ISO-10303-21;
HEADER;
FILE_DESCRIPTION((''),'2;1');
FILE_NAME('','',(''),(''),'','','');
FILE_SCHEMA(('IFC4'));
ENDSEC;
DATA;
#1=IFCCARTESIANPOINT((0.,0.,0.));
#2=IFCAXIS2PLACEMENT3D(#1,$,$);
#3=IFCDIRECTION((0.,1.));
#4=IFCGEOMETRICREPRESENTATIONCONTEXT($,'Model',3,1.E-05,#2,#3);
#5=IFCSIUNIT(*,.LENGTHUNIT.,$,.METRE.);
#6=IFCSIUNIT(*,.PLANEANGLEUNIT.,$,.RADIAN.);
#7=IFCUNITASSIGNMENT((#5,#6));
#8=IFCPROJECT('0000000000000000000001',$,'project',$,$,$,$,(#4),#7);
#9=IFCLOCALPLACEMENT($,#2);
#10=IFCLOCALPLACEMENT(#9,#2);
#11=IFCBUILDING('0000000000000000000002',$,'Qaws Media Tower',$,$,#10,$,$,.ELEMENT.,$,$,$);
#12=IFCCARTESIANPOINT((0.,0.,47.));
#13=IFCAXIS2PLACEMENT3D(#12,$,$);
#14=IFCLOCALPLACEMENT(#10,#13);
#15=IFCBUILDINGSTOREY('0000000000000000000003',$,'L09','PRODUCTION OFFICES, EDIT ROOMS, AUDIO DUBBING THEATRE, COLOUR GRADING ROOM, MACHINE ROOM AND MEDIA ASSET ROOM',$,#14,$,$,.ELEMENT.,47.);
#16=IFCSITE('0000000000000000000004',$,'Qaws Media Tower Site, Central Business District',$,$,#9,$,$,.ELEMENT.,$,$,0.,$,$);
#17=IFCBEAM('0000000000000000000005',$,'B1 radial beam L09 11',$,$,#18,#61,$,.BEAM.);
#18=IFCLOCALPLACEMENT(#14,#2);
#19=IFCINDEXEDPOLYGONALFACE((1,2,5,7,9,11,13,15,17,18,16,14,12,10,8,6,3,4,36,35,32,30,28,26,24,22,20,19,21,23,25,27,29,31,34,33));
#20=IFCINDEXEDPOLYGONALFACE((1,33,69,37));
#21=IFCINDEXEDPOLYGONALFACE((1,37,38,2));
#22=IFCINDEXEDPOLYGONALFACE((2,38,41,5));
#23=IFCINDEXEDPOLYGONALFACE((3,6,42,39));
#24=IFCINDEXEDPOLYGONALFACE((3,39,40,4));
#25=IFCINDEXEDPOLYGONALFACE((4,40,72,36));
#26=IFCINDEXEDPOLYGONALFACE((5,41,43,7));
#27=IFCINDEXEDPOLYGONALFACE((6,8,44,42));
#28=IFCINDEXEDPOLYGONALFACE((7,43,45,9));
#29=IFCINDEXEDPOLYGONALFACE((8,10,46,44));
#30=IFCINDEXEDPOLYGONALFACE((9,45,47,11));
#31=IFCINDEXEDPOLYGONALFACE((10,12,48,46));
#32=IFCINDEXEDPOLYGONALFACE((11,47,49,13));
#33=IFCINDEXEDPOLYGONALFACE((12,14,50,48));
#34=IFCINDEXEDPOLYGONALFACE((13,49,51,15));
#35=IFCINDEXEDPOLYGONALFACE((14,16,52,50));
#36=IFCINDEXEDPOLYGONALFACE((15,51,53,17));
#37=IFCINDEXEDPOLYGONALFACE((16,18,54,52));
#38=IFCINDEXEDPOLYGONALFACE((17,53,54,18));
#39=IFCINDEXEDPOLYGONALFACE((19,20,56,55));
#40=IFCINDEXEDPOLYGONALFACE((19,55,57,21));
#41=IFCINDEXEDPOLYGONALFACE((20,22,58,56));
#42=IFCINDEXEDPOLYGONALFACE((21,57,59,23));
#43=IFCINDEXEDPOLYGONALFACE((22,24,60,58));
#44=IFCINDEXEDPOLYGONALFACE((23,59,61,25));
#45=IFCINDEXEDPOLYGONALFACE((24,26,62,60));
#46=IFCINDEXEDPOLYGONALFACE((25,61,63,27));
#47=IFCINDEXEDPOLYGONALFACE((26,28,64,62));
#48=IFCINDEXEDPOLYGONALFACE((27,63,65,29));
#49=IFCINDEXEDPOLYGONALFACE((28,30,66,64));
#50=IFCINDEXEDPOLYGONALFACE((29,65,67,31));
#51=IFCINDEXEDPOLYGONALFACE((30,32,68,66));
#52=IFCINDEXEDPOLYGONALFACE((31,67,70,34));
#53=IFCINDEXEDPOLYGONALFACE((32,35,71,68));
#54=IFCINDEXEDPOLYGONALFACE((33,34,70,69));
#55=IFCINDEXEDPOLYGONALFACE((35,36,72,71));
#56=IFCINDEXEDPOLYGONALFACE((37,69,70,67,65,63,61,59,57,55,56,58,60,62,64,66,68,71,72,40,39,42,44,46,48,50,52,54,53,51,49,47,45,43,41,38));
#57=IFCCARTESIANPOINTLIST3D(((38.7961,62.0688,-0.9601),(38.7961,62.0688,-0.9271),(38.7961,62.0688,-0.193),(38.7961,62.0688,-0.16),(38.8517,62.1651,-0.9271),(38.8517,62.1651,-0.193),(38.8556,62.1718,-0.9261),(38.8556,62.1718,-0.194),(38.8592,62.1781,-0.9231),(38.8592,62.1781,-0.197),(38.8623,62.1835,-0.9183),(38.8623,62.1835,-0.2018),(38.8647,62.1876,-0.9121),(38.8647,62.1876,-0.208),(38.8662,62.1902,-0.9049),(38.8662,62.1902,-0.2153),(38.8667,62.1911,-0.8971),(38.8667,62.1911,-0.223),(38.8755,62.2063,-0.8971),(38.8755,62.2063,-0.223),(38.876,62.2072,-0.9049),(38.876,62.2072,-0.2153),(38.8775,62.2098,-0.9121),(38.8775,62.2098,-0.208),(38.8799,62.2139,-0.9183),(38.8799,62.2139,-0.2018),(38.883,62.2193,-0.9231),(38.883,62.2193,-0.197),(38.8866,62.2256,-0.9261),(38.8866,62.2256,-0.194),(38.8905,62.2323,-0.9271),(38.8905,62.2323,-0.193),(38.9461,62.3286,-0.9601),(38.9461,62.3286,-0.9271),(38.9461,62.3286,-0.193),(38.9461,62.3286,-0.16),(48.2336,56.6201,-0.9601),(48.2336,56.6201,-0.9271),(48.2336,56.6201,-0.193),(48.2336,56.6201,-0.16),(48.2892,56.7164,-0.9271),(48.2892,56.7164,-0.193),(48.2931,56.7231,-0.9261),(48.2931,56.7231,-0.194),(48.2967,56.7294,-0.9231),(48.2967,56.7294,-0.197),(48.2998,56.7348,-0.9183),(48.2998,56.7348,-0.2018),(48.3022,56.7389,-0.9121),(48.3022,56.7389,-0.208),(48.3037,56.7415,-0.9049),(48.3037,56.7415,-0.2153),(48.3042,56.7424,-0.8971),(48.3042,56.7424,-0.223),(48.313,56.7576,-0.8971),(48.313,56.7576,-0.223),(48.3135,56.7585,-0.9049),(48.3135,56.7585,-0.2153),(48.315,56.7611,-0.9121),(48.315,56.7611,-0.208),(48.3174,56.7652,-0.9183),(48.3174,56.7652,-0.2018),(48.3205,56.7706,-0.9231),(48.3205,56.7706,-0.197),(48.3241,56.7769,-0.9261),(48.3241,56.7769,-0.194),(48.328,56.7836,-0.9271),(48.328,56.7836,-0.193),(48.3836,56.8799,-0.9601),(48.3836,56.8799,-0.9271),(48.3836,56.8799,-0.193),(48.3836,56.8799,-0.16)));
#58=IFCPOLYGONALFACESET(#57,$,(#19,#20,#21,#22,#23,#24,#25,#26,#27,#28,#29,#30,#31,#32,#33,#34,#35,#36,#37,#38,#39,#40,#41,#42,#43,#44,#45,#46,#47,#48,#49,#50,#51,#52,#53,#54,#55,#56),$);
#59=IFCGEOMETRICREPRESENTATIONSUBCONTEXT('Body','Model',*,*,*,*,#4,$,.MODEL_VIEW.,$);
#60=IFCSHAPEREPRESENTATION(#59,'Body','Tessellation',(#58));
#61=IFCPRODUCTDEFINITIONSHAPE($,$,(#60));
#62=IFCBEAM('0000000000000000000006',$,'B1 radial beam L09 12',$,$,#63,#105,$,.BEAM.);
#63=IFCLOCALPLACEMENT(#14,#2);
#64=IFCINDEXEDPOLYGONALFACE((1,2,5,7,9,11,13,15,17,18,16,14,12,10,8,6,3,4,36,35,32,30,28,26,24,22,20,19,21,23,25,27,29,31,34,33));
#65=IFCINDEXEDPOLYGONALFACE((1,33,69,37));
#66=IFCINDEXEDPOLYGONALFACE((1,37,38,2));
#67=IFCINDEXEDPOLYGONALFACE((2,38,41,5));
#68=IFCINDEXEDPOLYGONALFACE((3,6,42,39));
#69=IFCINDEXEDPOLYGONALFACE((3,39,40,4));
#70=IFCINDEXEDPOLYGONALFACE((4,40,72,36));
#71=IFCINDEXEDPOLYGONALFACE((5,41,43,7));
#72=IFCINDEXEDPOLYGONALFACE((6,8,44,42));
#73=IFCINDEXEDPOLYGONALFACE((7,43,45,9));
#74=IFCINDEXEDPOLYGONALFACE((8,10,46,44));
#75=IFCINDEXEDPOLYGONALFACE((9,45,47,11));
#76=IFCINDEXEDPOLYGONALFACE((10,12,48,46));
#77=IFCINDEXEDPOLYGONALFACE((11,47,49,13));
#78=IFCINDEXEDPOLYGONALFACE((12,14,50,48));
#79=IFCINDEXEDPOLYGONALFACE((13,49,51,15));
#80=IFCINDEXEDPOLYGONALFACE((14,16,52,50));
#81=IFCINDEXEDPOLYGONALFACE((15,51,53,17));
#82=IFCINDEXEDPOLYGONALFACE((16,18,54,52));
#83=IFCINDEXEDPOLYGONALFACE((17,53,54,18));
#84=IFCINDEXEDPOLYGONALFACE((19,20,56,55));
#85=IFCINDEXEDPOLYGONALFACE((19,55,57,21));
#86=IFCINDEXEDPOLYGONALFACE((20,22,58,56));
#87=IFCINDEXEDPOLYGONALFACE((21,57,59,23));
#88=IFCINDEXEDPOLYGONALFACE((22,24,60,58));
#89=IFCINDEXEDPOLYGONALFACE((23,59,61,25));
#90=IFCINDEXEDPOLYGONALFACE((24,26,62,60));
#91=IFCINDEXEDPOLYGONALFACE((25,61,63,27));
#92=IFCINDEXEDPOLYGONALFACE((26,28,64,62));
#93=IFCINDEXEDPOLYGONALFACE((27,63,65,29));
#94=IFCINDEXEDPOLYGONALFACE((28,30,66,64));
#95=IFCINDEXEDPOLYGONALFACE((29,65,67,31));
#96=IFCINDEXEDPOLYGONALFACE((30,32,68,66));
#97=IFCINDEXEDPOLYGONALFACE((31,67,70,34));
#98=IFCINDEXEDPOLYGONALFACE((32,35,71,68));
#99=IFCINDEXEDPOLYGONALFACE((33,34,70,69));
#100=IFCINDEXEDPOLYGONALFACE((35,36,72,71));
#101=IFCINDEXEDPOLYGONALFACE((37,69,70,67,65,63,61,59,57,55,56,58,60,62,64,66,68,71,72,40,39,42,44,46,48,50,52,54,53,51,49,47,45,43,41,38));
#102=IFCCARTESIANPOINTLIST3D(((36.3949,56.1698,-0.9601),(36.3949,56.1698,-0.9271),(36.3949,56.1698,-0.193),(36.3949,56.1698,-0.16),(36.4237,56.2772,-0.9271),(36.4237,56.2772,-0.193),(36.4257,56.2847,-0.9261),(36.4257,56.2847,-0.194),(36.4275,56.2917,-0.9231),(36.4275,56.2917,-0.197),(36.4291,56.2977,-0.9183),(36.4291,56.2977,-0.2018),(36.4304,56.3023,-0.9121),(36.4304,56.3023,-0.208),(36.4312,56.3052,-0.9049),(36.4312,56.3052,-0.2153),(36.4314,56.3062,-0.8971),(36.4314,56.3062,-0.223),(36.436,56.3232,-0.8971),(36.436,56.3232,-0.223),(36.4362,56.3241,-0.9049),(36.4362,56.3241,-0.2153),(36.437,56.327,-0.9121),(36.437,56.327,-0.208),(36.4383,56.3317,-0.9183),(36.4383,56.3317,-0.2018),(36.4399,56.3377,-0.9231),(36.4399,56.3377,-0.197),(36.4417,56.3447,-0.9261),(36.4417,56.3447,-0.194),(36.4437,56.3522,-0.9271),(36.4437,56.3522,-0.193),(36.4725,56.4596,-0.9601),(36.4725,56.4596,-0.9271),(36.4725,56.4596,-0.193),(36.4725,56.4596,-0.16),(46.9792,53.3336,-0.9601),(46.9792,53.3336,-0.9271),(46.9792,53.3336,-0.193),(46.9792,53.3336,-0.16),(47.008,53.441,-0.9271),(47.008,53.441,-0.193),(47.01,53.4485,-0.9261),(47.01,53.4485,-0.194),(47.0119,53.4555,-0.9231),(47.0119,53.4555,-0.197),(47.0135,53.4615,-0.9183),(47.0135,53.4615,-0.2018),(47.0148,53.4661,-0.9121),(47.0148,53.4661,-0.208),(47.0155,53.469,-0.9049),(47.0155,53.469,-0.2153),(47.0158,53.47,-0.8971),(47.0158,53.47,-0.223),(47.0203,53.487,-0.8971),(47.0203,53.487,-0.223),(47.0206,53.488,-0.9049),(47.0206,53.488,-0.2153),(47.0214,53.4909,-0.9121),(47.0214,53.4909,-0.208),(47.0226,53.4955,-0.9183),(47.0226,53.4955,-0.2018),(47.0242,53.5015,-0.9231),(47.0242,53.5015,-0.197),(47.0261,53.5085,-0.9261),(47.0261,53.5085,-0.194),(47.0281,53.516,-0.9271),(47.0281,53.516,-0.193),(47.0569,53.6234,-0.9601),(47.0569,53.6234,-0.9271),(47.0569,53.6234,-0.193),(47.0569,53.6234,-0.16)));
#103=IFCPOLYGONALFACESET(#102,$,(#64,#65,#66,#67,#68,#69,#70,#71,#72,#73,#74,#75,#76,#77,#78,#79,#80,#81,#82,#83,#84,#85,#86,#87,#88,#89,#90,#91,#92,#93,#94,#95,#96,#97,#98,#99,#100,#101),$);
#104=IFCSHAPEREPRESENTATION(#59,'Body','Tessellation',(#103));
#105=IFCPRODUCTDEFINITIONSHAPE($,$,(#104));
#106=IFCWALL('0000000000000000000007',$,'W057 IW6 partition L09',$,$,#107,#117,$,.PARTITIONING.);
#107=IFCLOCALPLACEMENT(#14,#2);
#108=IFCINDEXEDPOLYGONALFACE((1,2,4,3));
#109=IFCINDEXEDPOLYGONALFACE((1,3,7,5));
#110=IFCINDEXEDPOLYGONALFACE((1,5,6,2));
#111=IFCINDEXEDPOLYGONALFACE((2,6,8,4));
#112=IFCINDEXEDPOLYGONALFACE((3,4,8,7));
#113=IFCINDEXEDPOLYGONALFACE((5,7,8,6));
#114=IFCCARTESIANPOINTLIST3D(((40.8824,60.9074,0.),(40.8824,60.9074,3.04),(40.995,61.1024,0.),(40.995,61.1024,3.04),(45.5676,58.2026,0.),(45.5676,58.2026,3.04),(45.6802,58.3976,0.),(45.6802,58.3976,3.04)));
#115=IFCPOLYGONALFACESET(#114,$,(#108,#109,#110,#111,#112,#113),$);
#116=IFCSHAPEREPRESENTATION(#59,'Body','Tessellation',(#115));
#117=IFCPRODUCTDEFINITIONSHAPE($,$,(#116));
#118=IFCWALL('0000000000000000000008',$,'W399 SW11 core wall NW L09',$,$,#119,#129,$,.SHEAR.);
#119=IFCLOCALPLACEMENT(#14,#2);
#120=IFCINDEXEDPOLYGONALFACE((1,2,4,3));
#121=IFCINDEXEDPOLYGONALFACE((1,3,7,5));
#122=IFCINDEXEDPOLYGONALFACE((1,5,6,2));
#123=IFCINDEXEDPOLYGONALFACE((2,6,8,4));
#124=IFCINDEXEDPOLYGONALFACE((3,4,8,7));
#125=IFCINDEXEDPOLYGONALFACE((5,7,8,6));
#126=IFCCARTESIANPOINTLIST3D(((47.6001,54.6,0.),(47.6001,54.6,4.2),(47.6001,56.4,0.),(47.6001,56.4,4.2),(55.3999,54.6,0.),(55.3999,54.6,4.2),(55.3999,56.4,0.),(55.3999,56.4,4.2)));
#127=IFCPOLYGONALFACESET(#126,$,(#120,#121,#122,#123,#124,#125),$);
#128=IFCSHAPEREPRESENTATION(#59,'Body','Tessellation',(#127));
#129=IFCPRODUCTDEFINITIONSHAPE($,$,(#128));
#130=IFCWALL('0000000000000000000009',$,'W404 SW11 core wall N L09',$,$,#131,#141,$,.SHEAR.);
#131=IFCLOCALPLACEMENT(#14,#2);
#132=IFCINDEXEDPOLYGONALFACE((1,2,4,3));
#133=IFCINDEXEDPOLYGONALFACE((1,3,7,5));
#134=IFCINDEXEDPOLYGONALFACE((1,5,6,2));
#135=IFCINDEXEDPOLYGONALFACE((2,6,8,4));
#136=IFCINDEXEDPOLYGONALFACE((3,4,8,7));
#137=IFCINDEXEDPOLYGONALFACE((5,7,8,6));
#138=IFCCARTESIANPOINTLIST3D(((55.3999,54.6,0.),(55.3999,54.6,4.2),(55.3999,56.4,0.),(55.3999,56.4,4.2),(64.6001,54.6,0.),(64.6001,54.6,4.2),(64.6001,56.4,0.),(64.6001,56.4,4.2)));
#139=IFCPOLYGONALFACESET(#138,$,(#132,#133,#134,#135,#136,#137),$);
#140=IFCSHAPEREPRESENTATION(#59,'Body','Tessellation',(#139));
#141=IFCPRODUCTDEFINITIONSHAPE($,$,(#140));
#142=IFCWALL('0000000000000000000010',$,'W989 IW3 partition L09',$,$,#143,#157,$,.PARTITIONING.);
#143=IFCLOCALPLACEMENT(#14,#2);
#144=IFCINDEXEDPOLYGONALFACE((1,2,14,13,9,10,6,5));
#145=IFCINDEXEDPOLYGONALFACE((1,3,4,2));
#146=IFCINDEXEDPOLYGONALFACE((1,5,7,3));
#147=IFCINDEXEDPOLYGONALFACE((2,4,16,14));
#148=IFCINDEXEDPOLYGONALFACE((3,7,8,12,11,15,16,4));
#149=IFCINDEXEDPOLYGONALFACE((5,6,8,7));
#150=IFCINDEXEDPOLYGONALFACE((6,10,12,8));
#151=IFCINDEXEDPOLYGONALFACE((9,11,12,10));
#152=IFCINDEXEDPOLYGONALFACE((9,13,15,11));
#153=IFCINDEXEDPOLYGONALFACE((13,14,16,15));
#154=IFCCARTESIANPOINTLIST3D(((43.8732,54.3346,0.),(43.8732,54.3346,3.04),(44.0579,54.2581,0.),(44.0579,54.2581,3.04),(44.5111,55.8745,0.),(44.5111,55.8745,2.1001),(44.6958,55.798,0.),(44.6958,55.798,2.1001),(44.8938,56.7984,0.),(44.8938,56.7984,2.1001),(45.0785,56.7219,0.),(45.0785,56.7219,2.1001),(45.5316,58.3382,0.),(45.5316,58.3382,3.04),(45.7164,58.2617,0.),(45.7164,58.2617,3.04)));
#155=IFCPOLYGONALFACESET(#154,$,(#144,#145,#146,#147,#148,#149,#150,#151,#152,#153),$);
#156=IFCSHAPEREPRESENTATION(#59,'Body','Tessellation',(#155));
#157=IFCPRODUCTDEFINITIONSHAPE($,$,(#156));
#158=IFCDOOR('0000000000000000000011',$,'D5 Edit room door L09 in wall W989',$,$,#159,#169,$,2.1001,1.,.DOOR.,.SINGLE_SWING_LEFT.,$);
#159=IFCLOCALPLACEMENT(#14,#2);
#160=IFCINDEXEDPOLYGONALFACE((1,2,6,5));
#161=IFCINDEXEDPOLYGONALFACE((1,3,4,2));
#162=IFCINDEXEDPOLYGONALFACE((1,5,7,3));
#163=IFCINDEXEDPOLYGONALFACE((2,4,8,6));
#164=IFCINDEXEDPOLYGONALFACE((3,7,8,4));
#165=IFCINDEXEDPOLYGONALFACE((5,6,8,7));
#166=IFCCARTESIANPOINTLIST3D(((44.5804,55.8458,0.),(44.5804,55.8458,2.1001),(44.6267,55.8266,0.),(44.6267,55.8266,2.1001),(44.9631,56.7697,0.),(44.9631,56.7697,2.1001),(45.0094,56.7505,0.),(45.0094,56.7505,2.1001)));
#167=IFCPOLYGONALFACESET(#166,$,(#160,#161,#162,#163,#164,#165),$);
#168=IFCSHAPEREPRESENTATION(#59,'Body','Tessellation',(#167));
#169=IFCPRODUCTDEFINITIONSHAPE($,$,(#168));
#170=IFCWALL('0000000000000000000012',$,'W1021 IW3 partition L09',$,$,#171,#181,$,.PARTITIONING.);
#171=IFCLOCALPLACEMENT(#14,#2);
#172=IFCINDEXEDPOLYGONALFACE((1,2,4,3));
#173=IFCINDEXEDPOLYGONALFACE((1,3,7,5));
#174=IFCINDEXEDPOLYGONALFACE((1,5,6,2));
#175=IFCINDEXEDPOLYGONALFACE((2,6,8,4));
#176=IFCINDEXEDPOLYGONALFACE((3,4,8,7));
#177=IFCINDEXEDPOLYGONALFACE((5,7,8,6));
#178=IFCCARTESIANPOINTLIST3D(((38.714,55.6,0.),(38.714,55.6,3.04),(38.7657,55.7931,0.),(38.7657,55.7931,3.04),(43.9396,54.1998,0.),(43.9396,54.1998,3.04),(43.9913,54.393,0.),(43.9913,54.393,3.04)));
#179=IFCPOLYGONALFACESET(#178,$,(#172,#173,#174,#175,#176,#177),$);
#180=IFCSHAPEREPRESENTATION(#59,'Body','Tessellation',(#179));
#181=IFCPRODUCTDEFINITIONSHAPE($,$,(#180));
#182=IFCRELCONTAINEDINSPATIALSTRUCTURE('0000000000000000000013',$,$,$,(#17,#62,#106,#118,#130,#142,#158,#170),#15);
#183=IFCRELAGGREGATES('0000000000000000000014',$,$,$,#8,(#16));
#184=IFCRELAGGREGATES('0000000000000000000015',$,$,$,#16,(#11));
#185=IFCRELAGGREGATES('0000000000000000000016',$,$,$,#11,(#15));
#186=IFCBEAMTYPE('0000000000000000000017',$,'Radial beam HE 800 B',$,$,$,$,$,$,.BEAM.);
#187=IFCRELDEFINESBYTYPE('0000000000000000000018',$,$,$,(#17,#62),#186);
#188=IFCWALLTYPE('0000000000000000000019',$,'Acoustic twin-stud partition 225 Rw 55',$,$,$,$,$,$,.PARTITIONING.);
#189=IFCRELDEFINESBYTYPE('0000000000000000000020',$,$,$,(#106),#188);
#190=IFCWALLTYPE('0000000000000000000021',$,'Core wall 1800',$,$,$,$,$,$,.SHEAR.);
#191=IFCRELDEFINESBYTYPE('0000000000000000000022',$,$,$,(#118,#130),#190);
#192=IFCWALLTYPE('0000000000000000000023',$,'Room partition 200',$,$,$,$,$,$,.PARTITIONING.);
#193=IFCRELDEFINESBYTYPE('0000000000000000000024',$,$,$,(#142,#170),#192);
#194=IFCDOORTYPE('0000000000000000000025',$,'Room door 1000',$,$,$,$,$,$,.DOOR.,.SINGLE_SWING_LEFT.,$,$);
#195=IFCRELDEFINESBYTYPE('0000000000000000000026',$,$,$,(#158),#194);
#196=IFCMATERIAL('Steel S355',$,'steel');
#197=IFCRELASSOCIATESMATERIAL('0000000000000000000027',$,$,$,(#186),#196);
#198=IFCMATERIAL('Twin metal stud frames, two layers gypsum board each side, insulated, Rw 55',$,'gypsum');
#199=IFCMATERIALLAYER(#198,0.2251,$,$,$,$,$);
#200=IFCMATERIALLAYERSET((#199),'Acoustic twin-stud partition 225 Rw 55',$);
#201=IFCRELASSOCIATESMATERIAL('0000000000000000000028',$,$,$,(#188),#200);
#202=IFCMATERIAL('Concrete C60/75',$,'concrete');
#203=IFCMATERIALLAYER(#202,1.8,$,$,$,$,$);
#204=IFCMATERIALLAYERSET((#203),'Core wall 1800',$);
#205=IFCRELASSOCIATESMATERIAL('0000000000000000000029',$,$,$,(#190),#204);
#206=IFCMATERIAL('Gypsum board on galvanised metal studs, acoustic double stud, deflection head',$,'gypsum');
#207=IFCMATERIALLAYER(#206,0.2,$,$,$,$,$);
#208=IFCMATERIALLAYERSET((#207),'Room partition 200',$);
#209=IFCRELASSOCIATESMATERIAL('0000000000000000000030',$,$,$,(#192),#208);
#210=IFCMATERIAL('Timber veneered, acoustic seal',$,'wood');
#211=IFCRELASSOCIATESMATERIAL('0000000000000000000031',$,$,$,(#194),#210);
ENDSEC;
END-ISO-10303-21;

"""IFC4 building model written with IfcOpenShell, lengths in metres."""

from ifc_helpers import new_model, si_unit, direction, frame, frame_2d, origin, origin_2d, place, context, subcontext, project, spatial, rectangle, i_section, extrude, material, layer, layer_set, material_profile, profile_set, type_object, element, fill, save


model = new_model("IFC4")

# Units and contexts
model_context = context("Model", 3, precision=1e-05, world=origin(), true_north=direction((0.0, 1.0)))
body_context = subcontext(model_context, "Body", "Model", "MODEL_VIEW")
ifc_project = project(units=[si_unit("LENGTHUNIT", "METRE"), si_unit("PLANEANGLEUNIT", "RADIAN")], contexts=[model_context])

# Site, building, storey
site_placement = place(None, origin())
site = spatial("IfcSite", under=ifc_project, at=site_placement, Name="Qaws Media Tower Site, Central Business District", CompositionType="ELEMENT", RefElevation=0.0)
building_placement = place(site_placement, origin())
building = spatial("IfcBuilding", under=site, at=building_placement, Name="Qaws Media Tower", CompositionType="ELEMENT")
storey_placement = place(building_placement, frame((0.0, 0.0, 47.0)))
storey = spatial("IfcBuildingStorey", under=building, at=storey_placement, Name="L09", Description="PRODUCTION OFFICES, EDIT ROOMS, AUDIO DUBBING THEATRE, COLOUR GRADING ROOM, MACHINE ROOM AND MEDIA ASSET ROOM", CompositionType="ELEMENT", Elevation=47.0)

# Beams
ifc_material_1 = material(Name="Steel S355", Category="steel")
ifc_material_profile_1 = material_profile(ifc_material_1, i_section(OverallWidth=0.3, OverallDepth=0.8, WebThickness=0.0176, FlangeThickness=0.033, FilletRadius=0.03, at=origin_2d()), Name="HE 800 B")
ifc_profile_set_1 = profile_set([ifc_material_profile_1], Name="Steel S355")
beam_type_1 = type_object("IfcBeamType", Name="Radial beam HE 800 B", PredefinedType="BEAM", material=ifc_profile_set_1)
beam_1_placement = place(storey_placement, frame((48.3086, 56.75, -0.5601), z_axis=(-0.866026, 0.499999, 0.0), x_axis=(-0.499999, -0.866026, 0.0)))
element("IfcBeam", 1, at=beam_1_placement, inside=storey, type_object=beam_type_1, Name="B1 radial beam L09 11", PredefinedType="BEAM", context=body_context, shape_type="SweptSolid", body=[
    extrude(i_section(OverallWidth=0.3, OverallDepth=0.8, WebThickness=0.0176, FlangeThickness=0.033, FilletRadius=0.03, at=origin_2d()), origin(), (0.0, 0.0, 1.0), 10.8975),
])
beam_2_placement = place(storey_placement, frame((47.0181, 53.4785, -0.5601), z_axis=(-0.965924, 0.258826, 0.0), x_axis=(-0.258826, -0.965924, 0.0)))
element("IfcBeam", 2, at=beam_2_placement, inside=storey, type_object=beam_type_1, Name="B1 radial beam L09 12", PredefinedType="BEAM", context=body_context, shape_type="SweptSolid", body=[
    extrude(i_section(OverallWidth=0.3, OverallDepth=0.8, WebThickness=0.0176, FlangeThickness=0.033, FilletRadius=0.03, at=origin_2d()), origin(), (0.0, 0.0, 1.0), 10.9578),
])

# Walls
ifc_material_2 = material(Name="Twin metal stud frames, two layers gypsum board each side, insulated, Rw 55", Category="gypsum")
ifc_layer_1 = layer(ifc_material_2, 0.2251)
ifc_layer_set_1 = layer_set([ifc_layer_1], Name="Acoustic twin-stud partition 225 Rw 55")
wall_type_1 = type_object("IfcWallType", Name="Acoustic twin-stud partition 225 Rw 55", PredefinedType="PARTITIONING", material=ifc_layer_set_1)
wall_1_placement = place(storey_placement, frame((45.624, 58.3, 0.0), z_axis=(0.0, 0.0, 1.0), x_axis=(-0.866044, 0.499969, 0.0)))
element("IfcWall", 3, at=wall_1_placement, inside=storey, type_object=wall_type_1, Name="W057 IW6 partition L09", PredefinedType="PARTITIONING", context=body_context, shape_type="SweptSolid", body=[
    extrude(rectangle(XDim=5.4099, YDim=0.2251, at=frame_2d((2.7051, 0.0))), origin(), (0.0, 0.0, 1.0), 3.04),
])
ifc_material_3 = material(Name="Concrete C60/75", Category="concrete")
ifc_layer_2 = layer(ifc_material_3, 1.8)
ifc_layer_set_2 = layer_set([ifc_layer_2], Name="Core wall 1800")
wall_type_2 = type_object("IfcWallType", Name="Core wall 1800", PredefinedType="SHEAR", material=ifc_layer_set_2)
wall_2_placement = place(storey_placement, frame((47.6001, 55.5, 0.0), z_axis=(0.0, 0.0, 1.0), x_axis=(1.0, 0.0, 0.0)))
element("IfcWall", 4, at=wall_2_placement, inside=storey, type_object=wall_type_2, Name="W399 SW11 core wall NW L09", PredefinedType="SHEAR", context=body_context, shape_type="SweptSolid", body=[
    extrude(rectangle(XDim=7.7998, YDim=1.8, at=frame_2d((3.8999, 0.0))), origin(), (0.0, 0.0, 1.0), 4.2),
])
wall_3_placement = place(storey_placement, frame((55.3999, 55.5, 0.0), z_axis=(0.0, 0.0, 1.0), x_axis=(1.0, 0.0, 0.0)))
element("IfcWall", 5, at=wall_3_placement, inside=storey, type_object=wall_type_2, Name="W404 SW11 core wall N L09", PredefinedType="SHEAR", context=body_context, shape_type="SweptSolid", body=[
    extrude(rectangle(XDim=9.2002, YDim=1.8, at=frame_2d((4.6001, 0.0))), origin(), (0.0, 0.0, 1.0), 4.2),
])

# Wall, opening, door
ifc_material_4 = material(Name="Gypsum board on galvanised metal studs, acoustic double stud, deflection head", Category="gypsum")
ifc_layer_3 = layer(ifc_material_4, 0.2)
ifc_layer_set_3 = layer_set([ifc_layer_3], Name="Room partition 200")
wall_type_3 = type_object("IfcWallType", Name="Room partition 200", PredefinedType="PARTITIONING", material=ifc_layer_set_3)
wall_4_placement = place(storey_placement, frame((43.9656, 54.2964, 0.0), z_axis=(0.0, 0.0, 1.0), x_axis=(0.382698, 0.923873, 0.0)))
wall_4 = element("IfcWall", 6, at=wall_4_placement, inside=storey, type_object=wall_type_3, Name="W989 IW3 partition L09", PredefinedType="PARTITIONING", context=body_context, shape_type="SweptSolid", body=[
    extrude(rectangle(XDim=4.3335, YDim=0.2, at=frame_2d((2.1667, 0.0))), origin(), (0.0, 0.0, 1.0), 3.04),
])
opening_1_placement = place(wall_4_placement, frame((1.6667, 0.0, 0.0)))
opening_1 = element("IfcOpeningElement", 7, at=opening_1_placement, cuts=wall_4, PredefinedType="OPENING", context=body_context, shape_type="SweptSolid", body=[
    extrude(rectangle(XDim=1.0, YDim=2.1001, at=frame_2d((0.5, 1.05))), frame((0.0, 0.1099, 0.0), z_axis=(0.0, -1.0, 0.0), x_axis=(1.0, 0.0, 0.0)), (0.0, 0.0, 1.0), 0.22),
])
ifc_material_5 = material(Name="Timber veneered, acoustic seal", Category="wood")
door_type_1 = type_object("IfcDoorType", Name="Room door 1000", OperationType="SINGLE_SWING_LEFT", PredefinedType="DOOR", material=ifc_material_5)
door_1_placement = place(opening_1_placement, origin())
door_1 = element("IfcDoor", 8, at=door_1_placement, inside=storey, type_object=door_type_1, Name="D5 Edit room door L09 in wall W989", OperationType="SINGLE_SWING_LEFT", OverallHeight=2.1001, OverallWidth=1.0, PredefinedType="DOOR", context=body_context, shape_type="SweptSolid", body=[
    extrude(rectangle(XDim=1.0, YDim=2.1001, at=frame_2d((0.5, 1.05))), frame((0.0, 0.0249, 0.0), z_axis=(0.0, -1.0, 0.0), x_axis=(1.0, 0.0, 0.0)), (0.0, 0.0, 1.0), 0.05),
])
fill(opening_1, door_1)

# Wall
wall_5_placement = place(storey_placement, frame((43.9656, 54.2964, 0.0), z_axis=(0.0, 0.0, 1.0), x_axis=(-0.965928, 0.258811, 0.0)))
element("IfcWall", 9, at=wall_5_placement, inside=storey, type_object=wall_type_3, Name="W1021 IW3 partition L09", PredefinedType="PARTITIONING", context=body_context, shape_type="SweptSolid", body=[
    extrude(rectangle(XDim=5.4099, YDim=0.2, at=frame_2d((2.7051, 0.0))), origin(), (0.0, 0.0, 1.0), 3.04),
])

save(model, "model.ifc")
